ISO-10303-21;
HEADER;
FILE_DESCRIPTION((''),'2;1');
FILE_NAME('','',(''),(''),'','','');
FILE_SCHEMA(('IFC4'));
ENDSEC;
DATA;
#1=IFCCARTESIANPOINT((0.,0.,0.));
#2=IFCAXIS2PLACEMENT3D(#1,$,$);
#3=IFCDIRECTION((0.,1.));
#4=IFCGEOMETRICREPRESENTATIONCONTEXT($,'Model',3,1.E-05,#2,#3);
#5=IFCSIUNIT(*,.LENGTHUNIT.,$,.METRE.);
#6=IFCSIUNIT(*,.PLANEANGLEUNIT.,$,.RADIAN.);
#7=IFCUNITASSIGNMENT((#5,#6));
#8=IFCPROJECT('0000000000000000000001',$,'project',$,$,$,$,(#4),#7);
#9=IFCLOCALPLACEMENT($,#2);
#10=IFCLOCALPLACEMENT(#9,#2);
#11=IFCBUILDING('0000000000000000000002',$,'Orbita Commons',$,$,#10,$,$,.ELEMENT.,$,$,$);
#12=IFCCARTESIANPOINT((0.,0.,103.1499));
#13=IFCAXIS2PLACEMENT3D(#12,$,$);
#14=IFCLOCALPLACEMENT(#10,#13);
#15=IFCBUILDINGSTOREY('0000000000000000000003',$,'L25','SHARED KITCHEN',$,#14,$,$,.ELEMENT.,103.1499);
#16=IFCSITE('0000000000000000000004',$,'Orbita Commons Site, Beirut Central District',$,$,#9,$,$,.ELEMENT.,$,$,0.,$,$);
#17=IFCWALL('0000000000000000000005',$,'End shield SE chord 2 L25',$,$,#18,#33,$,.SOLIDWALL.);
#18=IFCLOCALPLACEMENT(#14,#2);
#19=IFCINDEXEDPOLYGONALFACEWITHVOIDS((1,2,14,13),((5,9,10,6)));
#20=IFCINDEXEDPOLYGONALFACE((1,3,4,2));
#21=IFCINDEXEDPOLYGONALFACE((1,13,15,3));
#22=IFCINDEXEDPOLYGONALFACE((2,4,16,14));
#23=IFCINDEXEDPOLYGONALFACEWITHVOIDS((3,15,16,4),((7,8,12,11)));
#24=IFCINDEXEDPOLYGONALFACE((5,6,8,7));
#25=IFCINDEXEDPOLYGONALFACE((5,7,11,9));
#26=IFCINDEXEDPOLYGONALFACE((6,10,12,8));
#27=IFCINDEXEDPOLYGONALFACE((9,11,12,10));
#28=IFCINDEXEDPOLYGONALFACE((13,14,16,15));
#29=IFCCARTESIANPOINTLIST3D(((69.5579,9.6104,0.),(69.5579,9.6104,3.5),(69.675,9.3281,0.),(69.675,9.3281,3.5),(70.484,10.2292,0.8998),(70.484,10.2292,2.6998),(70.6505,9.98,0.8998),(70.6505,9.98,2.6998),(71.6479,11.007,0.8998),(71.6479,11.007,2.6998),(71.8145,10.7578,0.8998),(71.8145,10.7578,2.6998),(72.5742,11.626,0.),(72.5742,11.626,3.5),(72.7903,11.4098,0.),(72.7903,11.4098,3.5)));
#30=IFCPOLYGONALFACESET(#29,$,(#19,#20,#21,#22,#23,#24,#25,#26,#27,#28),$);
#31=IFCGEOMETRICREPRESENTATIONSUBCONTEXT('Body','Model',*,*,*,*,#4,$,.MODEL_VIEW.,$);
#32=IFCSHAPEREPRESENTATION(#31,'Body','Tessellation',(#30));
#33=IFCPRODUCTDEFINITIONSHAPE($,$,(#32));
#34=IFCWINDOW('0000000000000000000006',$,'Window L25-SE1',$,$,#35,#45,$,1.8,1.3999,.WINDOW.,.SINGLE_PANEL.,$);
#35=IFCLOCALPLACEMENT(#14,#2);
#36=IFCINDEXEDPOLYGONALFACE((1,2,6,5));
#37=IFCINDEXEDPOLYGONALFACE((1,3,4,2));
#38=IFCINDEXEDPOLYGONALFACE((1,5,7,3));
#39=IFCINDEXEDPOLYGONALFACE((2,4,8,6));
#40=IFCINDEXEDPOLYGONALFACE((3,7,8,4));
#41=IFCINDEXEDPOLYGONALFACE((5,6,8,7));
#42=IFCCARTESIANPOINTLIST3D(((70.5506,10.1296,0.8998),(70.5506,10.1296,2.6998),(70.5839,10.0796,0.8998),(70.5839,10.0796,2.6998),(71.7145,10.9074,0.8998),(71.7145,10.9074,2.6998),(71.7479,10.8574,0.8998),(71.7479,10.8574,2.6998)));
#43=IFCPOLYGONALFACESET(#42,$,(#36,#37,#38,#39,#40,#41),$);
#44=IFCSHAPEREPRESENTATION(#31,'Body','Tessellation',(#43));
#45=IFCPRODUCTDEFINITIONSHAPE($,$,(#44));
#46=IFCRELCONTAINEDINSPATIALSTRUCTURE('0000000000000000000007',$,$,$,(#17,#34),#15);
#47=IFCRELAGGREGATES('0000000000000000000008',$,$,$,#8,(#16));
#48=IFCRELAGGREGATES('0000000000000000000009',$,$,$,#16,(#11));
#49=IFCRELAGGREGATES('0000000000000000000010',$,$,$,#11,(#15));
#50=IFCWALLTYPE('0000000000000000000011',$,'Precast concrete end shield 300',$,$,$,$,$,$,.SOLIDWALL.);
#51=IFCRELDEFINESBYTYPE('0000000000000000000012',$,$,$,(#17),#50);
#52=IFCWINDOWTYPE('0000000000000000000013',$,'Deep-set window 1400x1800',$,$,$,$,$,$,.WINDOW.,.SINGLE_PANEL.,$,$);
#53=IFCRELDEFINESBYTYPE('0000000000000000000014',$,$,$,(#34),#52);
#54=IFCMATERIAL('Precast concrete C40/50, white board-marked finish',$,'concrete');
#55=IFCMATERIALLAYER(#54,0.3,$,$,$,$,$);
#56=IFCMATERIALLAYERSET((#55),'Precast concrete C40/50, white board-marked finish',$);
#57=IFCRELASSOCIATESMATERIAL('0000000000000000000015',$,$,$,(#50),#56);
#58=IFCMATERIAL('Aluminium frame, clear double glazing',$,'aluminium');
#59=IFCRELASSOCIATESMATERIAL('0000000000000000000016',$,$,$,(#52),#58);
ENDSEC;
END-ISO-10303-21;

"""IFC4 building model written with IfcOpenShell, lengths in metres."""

from ifc_helpers import new_model, si_unit, direction, frame, frame_2d, origin, place, context, subcontext, project, spatial, polyline, rectangle, outline, extrude, material, layer, layer_set, type_object, element, fill, save


model = new_model("IFC4")

# Units and contexts
model_context = context("Model", 3, precision=1e-05, world=origin(), true_north=direction((0.0, 1.0)))
body_context = subcontext(model_context, "Body", "Model", "MODEL_VIEW")
ifc_project = project(units=[si_unit("LENGTHUNIT", "METRE"), si_unit("PLANEANGLEUNIT", "RADIAN")], contexts=[model_context])

# Site, building, storey
site_placement = place(None, origin())
site = spatial("IfcSite", under=ifc_project, at=site_placement, Name="Orbita Commons Site, Beirut Central District", CompositionType="ELEMENT", RefElevation=0.0)
building_placement = place(site_placement, origin())
building = spatial("IfcBuilding", under=site, at=building_placement, Name="Orbita Commons", CompositionType="ELEMENT")
storey_placement = place(building_placement, frame((0.0, 0.0, 103.1499)))
storey = spatial("IfcBuildingStorey", under=building, at=storey_placement, Name="L25", Description="SHARED KITCHEN", CompositionType="ELEMENT", Elevation=103.1499)

# Wall, opening, window
ifc_material_1 = material(Name="Precast concrete C40/50, white board-marked finish", Category="concrete")
ifc_layer_1 = layer(ifc_material_1, 0.3)
ifc_layer_set_1 = layer_set([ifc_layer_1], Name="Precast concrete C40/50, white board-marked finish")
wall_type_1 = type_object("IfcWallType", Name="Precast concrete end shield 300", PredefinedType="SOLIDWALL", material=ifc_layer_set_1)
ifc_material_2 = material(Name="Aluminium frame, clear double glazing", Category="aluminium")
window_type = type_object("IfcWindowType", Name="Deep-set window 1400x1800", PartitioningType="SINGLE_PANEL", PredefinedType="WINDOW", material=ifc_material_2)
wall_1_placement = place(storey_placement, frame((69.6165, 9.4692, 0.0), z_axis=(0.0, 0.0, 1.0), x_axis=(0.831449, 0.555601, 0.0)))
wall_1 = element("IfcWall", 1, at=wall_1_placement, inside=storey, type_object=wall_type_1, Name="End shield SE chord 2 L25", PredefinedType="SOLIDWALL", context=body_context, shape_type="SweptSolid", body=[
    extrude(outline(polyline([(-0.0298, -0.1499), (3.717, -0.1499), (3.6575, 0.1499), (0.0298, 0.1499), (-0.0298, -0.1499)])), origin(), (0.0, 0.0, 1.0), 3.5),
])
opening_1_placement = place(wall_1_placement, frame((1.1436, 0.0, 0.8999)))
opening_1 = element("IfcOpeningElement", 2, at=opening_1_placement, cuts=wall_1, PredefinedType="OPENING", context=body_context, shape_type="SweptSolid", body=[
    extrude(rectangle(XDim=1.3999, YDim=1.8, at=frame_2d((0.7, 0.8999))), frame((0.0, 0.1599, 0.0), z_axis=(0.0, -1.0, 0.0), x_axis=(1.0, 0.0, 0.0)), (0.0, 0.0, 1.0), 0.3201),
])
window_1_placement = place(opening_1_placement, origin())
window_1 = element("IfcWindow", 3, at=window_1_placement, inside=storey, type_object=window_type, Name="Window L25-SE1", OverallHeight=1.8, OverallWidth=1.3999, PartitioningType="SINGLE_PANEL", PredefinedType="WINDOW", context=body_context, shape_type="SweptSolid", body=[
    extrude(rectangle(XDim=1.3999, YDim=1.8, at=frame_2d((0.7, 0.8999))), frame((0.0, 0.03, 0.0), z_axis=(0.0, -1.0, 0.0), x_axis=(1.0, 0.0, 0.0)), (0.0, 0.0, 1.0), 0.0601),
])
fill(opening_1, window_1)

save(model, "model.ifc")
